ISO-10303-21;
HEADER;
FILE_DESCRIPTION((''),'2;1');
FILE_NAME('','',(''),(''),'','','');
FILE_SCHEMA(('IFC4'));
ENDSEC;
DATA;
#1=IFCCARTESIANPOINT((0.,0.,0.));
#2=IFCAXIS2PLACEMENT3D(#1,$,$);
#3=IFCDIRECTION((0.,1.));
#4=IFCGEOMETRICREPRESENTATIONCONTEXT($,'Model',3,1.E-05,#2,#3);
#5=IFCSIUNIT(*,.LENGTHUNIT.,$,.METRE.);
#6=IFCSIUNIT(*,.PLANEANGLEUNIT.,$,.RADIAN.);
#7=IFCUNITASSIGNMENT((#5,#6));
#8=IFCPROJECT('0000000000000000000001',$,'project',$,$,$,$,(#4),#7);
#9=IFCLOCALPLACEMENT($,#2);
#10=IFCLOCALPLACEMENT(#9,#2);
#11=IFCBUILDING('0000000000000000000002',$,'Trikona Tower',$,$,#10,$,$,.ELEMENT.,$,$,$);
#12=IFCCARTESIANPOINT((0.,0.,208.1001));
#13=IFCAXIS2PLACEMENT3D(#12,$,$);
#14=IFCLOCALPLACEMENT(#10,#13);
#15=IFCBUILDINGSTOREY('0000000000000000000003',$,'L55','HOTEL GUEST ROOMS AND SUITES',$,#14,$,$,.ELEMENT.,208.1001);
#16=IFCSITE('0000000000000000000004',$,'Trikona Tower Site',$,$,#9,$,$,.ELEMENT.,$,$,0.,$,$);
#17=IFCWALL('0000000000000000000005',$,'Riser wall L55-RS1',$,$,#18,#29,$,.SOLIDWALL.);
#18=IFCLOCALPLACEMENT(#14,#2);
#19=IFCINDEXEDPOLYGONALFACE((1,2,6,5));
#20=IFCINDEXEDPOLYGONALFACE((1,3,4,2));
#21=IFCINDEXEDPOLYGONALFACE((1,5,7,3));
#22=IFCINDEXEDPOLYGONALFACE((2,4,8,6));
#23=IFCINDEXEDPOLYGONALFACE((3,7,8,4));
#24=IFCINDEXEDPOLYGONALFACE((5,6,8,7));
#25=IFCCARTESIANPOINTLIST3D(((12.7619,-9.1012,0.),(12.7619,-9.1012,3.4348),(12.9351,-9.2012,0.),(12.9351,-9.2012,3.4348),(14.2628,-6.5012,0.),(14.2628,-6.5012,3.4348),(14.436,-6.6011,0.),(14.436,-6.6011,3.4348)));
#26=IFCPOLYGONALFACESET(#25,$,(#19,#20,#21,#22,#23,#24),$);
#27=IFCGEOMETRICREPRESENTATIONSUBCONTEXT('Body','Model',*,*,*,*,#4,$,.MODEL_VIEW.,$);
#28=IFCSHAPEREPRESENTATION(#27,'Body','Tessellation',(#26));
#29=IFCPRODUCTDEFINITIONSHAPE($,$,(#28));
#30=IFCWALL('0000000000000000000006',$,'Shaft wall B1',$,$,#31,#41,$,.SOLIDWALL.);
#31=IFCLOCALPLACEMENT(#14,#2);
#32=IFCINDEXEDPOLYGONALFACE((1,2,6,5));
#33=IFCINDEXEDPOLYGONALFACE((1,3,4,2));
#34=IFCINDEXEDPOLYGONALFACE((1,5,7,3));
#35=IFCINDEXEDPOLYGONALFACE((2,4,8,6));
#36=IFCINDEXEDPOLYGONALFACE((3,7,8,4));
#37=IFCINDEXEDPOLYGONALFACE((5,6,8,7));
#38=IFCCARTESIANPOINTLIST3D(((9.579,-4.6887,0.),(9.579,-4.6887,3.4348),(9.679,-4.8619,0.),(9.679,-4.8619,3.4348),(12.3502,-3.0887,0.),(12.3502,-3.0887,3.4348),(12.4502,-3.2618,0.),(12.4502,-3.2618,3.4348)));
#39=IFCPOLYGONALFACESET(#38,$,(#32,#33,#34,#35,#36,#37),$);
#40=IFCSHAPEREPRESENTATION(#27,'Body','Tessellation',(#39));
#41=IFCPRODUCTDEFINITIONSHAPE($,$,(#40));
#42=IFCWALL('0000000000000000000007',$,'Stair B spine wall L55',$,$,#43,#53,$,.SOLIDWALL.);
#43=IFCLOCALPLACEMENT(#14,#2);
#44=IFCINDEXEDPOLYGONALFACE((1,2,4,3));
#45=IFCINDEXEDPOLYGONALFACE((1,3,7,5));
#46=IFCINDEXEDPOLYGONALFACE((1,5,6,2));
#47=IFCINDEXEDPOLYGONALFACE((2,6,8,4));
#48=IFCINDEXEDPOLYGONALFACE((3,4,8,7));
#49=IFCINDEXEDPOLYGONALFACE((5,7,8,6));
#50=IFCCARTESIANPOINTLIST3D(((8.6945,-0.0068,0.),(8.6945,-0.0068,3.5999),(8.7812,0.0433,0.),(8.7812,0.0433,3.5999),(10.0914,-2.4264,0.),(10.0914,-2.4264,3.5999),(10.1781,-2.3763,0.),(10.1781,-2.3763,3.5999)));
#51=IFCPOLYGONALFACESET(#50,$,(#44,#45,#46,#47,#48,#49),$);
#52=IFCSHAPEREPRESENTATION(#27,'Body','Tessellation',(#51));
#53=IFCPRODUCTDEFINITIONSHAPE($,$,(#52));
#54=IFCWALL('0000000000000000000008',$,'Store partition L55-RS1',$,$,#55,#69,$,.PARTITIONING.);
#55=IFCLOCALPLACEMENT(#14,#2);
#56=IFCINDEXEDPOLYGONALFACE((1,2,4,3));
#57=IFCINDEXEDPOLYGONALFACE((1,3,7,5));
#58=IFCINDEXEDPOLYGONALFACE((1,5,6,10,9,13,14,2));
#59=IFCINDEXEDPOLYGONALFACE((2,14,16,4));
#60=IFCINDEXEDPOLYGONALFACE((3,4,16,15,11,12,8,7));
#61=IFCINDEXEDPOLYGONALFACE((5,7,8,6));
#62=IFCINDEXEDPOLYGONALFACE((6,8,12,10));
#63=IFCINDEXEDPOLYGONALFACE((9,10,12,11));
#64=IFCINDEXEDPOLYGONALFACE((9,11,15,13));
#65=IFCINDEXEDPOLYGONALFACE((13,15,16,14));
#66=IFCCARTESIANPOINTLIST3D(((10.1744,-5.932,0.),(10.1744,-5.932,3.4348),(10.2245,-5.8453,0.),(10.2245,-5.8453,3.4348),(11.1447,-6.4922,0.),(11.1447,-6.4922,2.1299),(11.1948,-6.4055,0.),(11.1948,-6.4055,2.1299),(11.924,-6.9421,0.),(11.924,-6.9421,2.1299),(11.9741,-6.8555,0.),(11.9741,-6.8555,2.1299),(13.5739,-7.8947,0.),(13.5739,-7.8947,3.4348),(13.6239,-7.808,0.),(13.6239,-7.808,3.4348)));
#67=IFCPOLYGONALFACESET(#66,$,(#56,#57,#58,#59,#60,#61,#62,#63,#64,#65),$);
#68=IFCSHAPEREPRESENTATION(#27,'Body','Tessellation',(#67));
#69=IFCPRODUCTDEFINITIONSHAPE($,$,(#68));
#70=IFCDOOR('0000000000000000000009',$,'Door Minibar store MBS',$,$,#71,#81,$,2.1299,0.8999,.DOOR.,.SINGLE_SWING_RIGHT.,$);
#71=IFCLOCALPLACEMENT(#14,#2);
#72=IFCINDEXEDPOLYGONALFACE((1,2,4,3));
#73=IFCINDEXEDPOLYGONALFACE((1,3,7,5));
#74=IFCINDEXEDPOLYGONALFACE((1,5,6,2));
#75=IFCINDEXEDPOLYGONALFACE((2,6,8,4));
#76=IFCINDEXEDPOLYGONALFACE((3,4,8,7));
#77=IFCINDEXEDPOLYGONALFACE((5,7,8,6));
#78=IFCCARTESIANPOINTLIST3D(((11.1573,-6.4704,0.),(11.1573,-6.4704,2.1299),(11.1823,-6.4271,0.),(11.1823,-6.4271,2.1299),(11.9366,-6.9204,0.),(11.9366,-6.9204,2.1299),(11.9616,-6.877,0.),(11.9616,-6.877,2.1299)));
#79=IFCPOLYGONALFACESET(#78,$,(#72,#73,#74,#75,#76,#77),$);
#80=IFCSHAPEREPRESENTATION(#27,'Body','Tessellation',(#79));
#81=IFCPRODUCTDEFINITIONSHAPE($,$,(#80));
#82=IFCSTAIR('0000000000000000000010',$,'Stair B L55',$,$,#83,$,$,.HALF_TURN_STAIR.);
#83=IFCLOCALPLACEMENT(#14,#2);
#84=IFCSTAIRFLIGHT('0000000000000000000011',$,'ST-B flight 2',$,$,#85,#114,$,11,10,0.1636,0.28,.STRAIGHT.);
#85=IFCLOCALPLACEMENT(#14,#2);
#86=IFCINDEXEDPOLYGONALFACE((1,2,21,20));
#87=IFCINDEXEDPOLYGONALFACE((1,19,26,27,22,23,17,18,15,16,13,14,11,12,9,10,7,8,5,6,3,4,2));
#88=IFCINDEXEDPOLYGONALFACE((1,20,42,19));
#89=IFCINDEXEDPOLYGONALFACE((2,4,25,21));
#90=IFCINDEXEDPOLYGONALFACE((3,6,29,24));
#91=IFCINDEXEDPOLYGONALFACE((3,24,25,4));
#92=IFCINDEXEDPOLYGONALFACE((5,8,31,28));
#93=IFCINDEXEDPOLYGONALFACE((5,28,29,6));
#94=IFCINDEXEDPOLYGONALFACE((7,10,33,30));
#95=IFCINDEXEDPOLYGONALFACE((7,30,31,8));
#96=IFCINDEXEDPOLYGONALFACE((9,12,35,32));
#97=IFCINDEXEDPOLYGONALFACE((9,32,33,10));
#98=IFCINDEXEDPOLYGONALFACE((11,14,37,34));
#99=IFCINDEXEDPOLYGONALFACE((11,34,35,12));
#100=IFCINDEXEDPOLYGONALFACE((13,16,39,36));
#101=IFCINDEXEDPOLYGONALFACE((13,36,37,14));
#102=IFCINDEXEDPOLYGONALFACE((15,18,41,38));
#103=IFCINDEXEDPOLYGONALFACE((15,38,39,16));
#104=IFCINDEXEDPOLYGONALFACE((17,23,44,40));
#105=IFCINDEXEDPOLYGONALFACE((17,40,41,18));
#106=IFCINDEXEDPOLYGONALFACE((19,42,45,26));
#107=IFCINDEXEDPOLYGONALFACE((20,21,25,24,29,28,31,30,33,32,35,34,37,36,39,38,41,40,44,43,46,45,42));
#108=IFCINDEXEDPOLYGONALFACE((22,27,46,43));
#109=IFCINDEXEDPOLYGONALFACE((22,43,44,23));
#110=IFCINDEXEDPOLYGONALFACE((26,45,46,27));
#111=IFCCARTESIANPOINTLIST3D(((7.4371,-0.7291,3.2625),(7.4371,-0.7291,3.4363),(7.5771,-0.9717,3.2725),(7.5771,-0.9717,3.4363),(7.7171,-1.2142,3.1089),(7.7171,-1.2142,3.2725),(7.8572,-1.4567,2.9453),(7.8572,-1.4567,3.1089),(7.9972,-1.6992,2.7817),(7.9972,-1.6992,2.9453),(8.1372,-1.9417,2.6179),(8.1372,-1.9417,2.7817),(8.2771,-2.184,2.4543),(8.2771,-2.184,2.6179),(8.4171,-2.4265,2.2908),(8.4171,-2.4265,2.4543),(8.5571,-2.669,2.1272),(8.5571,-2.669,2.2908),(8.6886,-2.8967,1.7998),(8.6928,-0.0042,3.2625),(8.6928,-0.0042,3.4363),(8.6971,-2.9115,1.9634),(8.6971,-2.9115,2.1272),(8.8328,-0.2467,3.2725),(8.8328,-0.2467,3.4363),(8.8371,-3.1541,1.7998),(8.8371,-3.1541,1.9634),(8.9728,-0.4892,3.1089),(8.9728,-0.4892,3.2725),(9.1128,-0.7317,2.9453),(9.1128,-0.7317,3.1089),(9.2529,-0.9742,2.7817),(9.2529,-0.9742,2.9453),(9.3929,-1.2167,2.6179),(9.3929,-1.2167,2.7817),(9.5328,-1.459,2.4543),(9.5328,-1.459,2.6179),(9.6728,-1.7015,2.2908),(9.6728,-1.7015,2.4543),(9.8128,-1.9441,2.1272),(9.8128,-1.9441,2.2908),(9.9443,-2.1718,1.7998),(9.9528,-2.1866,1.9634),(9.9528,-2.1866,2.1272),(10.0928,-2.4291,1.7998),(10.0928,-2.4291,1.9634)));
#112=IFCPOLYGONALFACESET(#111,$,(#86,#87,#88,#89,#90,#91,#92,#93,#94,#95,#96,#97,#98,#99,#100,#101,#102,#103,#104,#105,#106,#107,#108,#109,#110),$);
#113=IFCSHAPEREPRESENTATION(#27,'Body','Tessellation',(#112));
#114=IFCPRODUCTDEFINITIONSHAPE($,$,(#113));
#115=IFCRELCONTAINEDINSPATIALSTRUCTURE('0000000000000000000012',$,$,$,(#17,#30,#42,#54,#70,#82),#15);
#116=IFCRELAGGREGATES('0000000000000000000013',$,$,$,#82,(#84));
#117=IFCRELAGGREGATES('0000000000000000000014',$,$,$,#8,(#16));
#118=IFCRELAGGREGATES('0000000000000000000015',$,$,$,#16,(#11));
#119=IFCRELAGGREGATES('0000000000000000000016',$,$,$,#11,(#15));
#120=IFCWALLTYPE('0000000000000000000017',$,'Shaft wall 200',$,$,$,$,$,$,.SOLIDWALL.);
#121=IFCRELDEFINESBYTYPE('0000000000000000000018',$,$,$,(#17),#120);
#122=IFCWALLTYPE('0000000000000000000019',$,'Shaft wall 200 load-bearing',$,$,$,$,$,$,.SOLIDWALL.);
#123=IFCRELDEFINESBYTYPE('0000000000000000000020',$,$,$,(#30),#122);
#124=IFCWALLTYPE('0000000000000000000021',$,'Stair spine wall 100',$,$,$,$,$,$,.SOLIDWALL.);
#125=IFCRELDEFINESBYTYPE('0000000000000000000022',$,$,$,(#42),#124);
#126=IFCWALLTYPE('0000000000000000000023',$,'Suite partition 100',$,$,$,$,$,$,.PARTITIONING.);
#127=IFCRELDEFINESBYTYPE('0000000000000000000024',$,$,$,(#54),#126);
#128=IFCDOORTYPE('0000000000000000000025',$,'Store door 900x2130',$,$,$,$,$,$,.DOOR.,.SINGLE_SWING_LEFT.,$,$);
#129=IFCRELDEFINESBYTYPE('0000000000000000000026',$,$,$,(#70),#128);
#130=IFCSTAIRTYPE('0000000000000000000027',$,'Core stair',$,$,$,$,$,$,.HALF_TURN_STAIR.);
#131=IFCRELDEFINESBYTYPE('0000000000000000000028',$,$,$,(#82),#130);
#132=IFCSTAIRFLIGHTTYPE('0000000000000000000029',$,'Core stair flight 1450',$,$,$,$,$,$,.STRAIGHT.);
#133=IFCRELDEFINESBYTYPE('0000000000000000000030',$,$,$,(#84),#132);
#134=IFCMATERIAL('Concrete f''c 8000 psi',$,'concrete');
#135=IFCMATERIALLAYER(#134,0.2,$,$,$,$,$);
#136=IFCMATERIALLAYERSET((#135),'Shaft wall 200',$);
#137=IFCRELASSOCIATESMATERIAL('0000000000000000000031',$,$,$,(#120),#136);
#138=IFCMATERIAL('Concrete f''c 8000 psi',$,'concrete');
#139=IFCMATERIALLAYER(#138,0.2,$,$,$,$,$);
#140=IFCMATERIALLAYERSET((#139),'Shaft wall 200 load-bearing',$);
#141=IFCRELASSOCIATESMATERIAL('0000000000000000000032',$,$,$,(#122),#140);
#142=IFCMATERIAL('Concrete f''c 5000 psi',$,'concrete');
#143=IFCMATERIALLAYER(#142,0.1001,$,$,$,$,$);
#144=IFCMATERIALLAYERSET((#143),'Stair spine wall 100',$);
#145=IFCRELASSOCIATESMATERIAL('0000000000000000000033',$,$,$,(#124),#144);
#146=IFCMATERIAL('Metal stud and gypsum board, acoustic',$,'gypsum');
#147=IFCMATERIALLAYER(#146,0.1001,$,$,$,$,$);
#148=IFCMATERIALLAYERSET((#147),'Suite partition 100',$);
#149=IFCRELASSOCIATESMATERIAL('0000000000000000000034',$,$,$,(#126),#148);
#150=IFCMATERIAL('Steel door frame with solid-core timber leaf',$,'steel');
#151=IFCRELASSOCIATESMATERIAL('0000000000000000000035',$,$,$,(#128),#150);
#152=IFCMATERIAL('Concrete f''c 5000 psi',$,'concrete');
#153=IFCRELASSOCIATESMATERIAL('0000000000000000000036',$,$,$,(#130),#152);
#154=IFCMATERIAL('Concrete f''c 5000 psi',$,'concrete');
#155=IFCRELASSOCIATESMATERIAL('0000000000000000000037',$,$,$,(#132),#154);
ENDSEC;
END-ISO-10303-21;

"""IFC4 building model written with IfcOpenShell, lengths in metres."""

from ifc_helpers import new_model, si_unit, direction, frame, frame_2d, origin, place, context, subcontext, project, spatial, polyline, rectangle, outline, extrude, material, layer, layer_set, type_object, element, fill, aggregate, save


model = new_model("IFC4")

# Units and contexts
model_context = context("Model", 3, precision=1e-05, world=origin(), true_north=direction((0.0, 1.0)))
body_context = subcontext(model_context, "Body", "Model", "MODEL_VIEW")
ifc_project = project(units=[si_unit("LENGTHUNIT", "METRE"), si_unit("PLANEANGLEUNIT", "RADIAN")], contexts=[model_context])

# Site, building, storey
site_placement = place(None, origin())
site = spatial("IfcSite", under=ifc_project, at=site_placement, Name="Trikona Tower Site", CompositionType="ELEMENT", RefElevation=0.0)
building_placement = place(site_placement, origin())
building = spatial("IfcBuilding", under=site, at=building_placement, Name="Trikona Tower", CompositionType="ELEMENT")
storey_placement = place(building_placement, frame((0.0, 0.0, 208.1001)))
storey = spatial("IfcBuildingStorey", under=building, at=storey_placement, Name="L55", Description="HOTEL GUEST ROOMS AND SUITES", CompositionType="ELEMENT", Elevation=208.1001)

# Walls
ifc_material_1 = material(Name="Concrete f'c 8000 psi", Category="concrete")
ifc_layer_1 = layer(ifc_material_1, 0.2)
ifc_layer_set_1 = layer_set([ifc_layer_1], Name="Shaft wall 200")
wall_type_1 = type_object("IfcWallType", Name="Shaft wall 200", PredefinedType="SOLIDWALL", material=ifc_layer_set_1)
wall_1_placement = place(storey_placement, frame((14.3494, -6.5513, 0.0), z_axis=(0.0, 0.0, 1.0), x_axis=(-0.499952, -0.866053, 0.0)))
element("IfcWall", 1, at=wall_1_placement, inside=storey, type_object=wall_type_1, Name="Riser wall L55-RS1", PredefinedType="SOLIDWALL", context=body_context, shape_type="SweptSolid", body=[
    extrude(rectangle(XDim=3.0022, YDim=0.2, at=frame_2d((1.501, 0.0))), origin(), (0.0, 0.0, 1.0), 3.4348),
])
ifc_material_2 = material(Name="Concrete f'c 8000 psi", Category="concrete")
ifc_layer_2 = layer(ifc_material_2, 0.2)
ifc_layer_set_2 = layer_set([ifc_layer_2], Name="Shaft wall 200 load-bearing")
wall_type_2 = type_object("IfcWallType", Name="Shaft wall 200 load-bearing", PredefinedType="SOLIDWALL", material=ifc_layer_set_2)
wall_2_placement = place(storey_placement, frame((9.6289, -4.7754, 0.0), z_axis=(0.0, 0.0, 1.0), x_axis=(0.866009, 0.500028, 0.0)))
element("IfcWall", 2, at=wall_2_placement, inside=storey, type_object=wall_type_2, Name="Shaft wall B1", PredefinedType="SOLIDWALL", context=body_context, shape_type="SweptSolid", body=[
    extrude(rectangle(XDim=3.2, YDim=0.2, at=frame_2d((1.6001, 0.0))), origin(), (0.0, 0.0, 1.0), 3.4348),
])
ifc_material_3 = material(Name="Concrete f'c 5000 psi", Category="concrete")
ifc_layer_3 = layer(ifc_material_3, 0.1001)
ifc_layer_set_3 = layer_set([ifc_layer_3], Name="Stair spine wall 100")
wall_type_3 = type_object("IfcWallType", Name="Stair spine wall 100", PredefinedType="SOLIDWALL", material=ifc_layer_set_3)
wall_3_placement = place(storey_placement, frame((10.1348, -2.4014, 0.0), z_axis=(0.0, 0.0, 1.0), x_axis=(-0.499992, 0.86603, 0.0)))
element("IfcWall", 3, at=wall_3_placement, inside=storey, type_object=wall_type_3, Name="Stair B spine wall L55", PredefinedType="SOLIDWALL", context=body_context, shape_type="SweptSolid", body=[
    extrude(rectangle(XDim=2.7939, YDim=0.1001, at=frame_2d((1.397, 0.0))), origin(), (0.0, 0.0, 1.0), 3.5999),
])

# Wall, opening, door
ifc_material_4 = material(Name="Metal stud and gypsum board, acoustic", Category="gypsum")
ifc_layer_4 = layer(ifc_material_4, 0.1001)
ifc_layer_set_4 = layer_set([ifc_layer_4], Name="Suite partition 100")
wall_type_4 = type_object("IfcWallType", Name="Suite partition 100", PredefinedType="PARTITIONING", material=ifc_layer_set_4)
wall_4_placement = place(storey_placement, frame((13.5989, -7.8513, 0.0), z_axis=(0.0, 0.0, 1.0), x_axis=(-0.866026, 0.499999, 0.0)))
wall_4 = element("IfcWall", 4, at=wall_4_placement, inside=storey, type_object=wall_type_4, Name="Store partition L55-RS1", PredefinedType="PARTITIONING", context=body_context, shape_type="SweptSolid", body=[
    extrude(rectangle(XDim=3.9253, YDim=0.1001, at=frame_2d((1.9626, 0.0))), origin(), (0.0, 0.0, 1.0), 3.4348),
])
opening_1_placement = place(wall_4_placement, frame((1.905, 0.0, 0.0)))
opening_1 = element("IfcOpeningElement", 5, at=opening_1_placement, cuts=wall_4, PredefinedType="OPENING", context=body_context, shape_type="SweptSolid", body=[
    extrude(rectangle(XDim=0.8999, YDim=2.1299, at=frame_2d((0.45, 1.0649))), frame((0.0, 0.0601, 0.0), z_axis=(0.0, -1.0, 0.0), x_axis=(1.0, 0.0, 0.0)), (0.0, 0.0, 1.0), 0.1201),
])
ifc_material_5 = material(Name="Steel door frame with solid-core timber leaf", Category="steel")
door_type_1 = type_object("IfcDoorType", Name="Store door 900x2130", OperationType="SINGLE_SWING_LEFT", PredefinedType="DOOR", material=ifc_material_5)
door_1_placement = place(opening_1_placement, origin())
door_1 = element("IfcDoor", 6, at=door_1_placement, inside=storey, type_object=door_type_1, Name="Door Minibar store MBS", OperationType="SINGLE_SWING_RIGHT", OverallHeight=2.1299, OverallWidth=0.8999, PredefinedType="DOOR", context=body_context, shape_type="SweptSolid", body=[
    extrude(rectangle(XDim=0.8999, YDim=2.1299, at=frame_2d((0.45, 1.0649))), frame((0.0, 0.0249, 0.0), z_axis=(0.0, -1.0, 0.0), x_axis=(1.0, 0.0, 0.0)), (0.0, 0.0, 1.0), 0.05),
])
fill(opening_1, door_1)

# Stair, stair flight
ifc_material_6 = material(Name="Concrete f'c 5000 psi", Category="concrete")
stair_type = type_object("IfcStairType", Name="Core stair", PredefinedType="HALF_TURN_STAIR", material=ifc_material_6)
stair_placement = place(storey_placement, origin())
stair = element("IfcStair", 7, at=stair_placement, inside=storey, type_object=stair_type, Name="Stair B L55", PredefinedType="HALF_TURN_STAIR")
ifc_material_7 = material(Name="Concrete f'c 5000 psi", Category="concrete")
stair_flight_type = type_object("IfcStairFlightType", Name="Core stair flight 1450", PredefinedType="STRAIGHT", material=ifc_material_7)
stair_flight_placement = place(storey_placement, frame((9.4651, -2.7915, 1.7998), z_axis=(0.0, 0.0, 1.0), x_axis=(-0.5, 0.866025, 0.0)))
stair_flight = element("IfcStairFlight", 8, at=stair_flight_placement, type_object=stair_flight_type, Name="ST-B flight 2", NumberOfRisers=11, NumberOfTreads=10, PredefinedType="STRAIGHT", RiserHeight=0.1636, TreadLength=0.28, context=body_context, shape_type="SweptSolid", body=[
    extrude(outline(polyline([(0.0, 0.0), (0.0, 0.1636), (0.28, 0.1636), (0.28, 0.3274), (0.5601, 0.3274), (0.5601, 0.491), (0.8401, 0.491), (0.8401, 0.6545), (1.1201, 0.6545), (1.1201, 0.8181), (1.3999, 0.8181), (1.3999, 0.9819), (1.6799, 0.9819), (1.6799, 1.1455), (1.96, 1.1455), (1.96, 1.3091), (2.24, 1.3091), (2.24, 1.4727), (2.52, 1.4727), (2.52, 1.6365), (2.8, 1.6365), (2.8, 1.8), (2.8, 1.4626), (0.2971, 0.0), (0.0, 0.0)])), frame((0.0, 0.7251, 0.0), z_axis=(0.0, -1.0, 0.0), x_axis=(1.0, 0.0, 0.0)), (0.0, 0.0, 1.0), 1.45),
])
aggregate(stair, [stair_flight])

save(model, "model.ifc")
